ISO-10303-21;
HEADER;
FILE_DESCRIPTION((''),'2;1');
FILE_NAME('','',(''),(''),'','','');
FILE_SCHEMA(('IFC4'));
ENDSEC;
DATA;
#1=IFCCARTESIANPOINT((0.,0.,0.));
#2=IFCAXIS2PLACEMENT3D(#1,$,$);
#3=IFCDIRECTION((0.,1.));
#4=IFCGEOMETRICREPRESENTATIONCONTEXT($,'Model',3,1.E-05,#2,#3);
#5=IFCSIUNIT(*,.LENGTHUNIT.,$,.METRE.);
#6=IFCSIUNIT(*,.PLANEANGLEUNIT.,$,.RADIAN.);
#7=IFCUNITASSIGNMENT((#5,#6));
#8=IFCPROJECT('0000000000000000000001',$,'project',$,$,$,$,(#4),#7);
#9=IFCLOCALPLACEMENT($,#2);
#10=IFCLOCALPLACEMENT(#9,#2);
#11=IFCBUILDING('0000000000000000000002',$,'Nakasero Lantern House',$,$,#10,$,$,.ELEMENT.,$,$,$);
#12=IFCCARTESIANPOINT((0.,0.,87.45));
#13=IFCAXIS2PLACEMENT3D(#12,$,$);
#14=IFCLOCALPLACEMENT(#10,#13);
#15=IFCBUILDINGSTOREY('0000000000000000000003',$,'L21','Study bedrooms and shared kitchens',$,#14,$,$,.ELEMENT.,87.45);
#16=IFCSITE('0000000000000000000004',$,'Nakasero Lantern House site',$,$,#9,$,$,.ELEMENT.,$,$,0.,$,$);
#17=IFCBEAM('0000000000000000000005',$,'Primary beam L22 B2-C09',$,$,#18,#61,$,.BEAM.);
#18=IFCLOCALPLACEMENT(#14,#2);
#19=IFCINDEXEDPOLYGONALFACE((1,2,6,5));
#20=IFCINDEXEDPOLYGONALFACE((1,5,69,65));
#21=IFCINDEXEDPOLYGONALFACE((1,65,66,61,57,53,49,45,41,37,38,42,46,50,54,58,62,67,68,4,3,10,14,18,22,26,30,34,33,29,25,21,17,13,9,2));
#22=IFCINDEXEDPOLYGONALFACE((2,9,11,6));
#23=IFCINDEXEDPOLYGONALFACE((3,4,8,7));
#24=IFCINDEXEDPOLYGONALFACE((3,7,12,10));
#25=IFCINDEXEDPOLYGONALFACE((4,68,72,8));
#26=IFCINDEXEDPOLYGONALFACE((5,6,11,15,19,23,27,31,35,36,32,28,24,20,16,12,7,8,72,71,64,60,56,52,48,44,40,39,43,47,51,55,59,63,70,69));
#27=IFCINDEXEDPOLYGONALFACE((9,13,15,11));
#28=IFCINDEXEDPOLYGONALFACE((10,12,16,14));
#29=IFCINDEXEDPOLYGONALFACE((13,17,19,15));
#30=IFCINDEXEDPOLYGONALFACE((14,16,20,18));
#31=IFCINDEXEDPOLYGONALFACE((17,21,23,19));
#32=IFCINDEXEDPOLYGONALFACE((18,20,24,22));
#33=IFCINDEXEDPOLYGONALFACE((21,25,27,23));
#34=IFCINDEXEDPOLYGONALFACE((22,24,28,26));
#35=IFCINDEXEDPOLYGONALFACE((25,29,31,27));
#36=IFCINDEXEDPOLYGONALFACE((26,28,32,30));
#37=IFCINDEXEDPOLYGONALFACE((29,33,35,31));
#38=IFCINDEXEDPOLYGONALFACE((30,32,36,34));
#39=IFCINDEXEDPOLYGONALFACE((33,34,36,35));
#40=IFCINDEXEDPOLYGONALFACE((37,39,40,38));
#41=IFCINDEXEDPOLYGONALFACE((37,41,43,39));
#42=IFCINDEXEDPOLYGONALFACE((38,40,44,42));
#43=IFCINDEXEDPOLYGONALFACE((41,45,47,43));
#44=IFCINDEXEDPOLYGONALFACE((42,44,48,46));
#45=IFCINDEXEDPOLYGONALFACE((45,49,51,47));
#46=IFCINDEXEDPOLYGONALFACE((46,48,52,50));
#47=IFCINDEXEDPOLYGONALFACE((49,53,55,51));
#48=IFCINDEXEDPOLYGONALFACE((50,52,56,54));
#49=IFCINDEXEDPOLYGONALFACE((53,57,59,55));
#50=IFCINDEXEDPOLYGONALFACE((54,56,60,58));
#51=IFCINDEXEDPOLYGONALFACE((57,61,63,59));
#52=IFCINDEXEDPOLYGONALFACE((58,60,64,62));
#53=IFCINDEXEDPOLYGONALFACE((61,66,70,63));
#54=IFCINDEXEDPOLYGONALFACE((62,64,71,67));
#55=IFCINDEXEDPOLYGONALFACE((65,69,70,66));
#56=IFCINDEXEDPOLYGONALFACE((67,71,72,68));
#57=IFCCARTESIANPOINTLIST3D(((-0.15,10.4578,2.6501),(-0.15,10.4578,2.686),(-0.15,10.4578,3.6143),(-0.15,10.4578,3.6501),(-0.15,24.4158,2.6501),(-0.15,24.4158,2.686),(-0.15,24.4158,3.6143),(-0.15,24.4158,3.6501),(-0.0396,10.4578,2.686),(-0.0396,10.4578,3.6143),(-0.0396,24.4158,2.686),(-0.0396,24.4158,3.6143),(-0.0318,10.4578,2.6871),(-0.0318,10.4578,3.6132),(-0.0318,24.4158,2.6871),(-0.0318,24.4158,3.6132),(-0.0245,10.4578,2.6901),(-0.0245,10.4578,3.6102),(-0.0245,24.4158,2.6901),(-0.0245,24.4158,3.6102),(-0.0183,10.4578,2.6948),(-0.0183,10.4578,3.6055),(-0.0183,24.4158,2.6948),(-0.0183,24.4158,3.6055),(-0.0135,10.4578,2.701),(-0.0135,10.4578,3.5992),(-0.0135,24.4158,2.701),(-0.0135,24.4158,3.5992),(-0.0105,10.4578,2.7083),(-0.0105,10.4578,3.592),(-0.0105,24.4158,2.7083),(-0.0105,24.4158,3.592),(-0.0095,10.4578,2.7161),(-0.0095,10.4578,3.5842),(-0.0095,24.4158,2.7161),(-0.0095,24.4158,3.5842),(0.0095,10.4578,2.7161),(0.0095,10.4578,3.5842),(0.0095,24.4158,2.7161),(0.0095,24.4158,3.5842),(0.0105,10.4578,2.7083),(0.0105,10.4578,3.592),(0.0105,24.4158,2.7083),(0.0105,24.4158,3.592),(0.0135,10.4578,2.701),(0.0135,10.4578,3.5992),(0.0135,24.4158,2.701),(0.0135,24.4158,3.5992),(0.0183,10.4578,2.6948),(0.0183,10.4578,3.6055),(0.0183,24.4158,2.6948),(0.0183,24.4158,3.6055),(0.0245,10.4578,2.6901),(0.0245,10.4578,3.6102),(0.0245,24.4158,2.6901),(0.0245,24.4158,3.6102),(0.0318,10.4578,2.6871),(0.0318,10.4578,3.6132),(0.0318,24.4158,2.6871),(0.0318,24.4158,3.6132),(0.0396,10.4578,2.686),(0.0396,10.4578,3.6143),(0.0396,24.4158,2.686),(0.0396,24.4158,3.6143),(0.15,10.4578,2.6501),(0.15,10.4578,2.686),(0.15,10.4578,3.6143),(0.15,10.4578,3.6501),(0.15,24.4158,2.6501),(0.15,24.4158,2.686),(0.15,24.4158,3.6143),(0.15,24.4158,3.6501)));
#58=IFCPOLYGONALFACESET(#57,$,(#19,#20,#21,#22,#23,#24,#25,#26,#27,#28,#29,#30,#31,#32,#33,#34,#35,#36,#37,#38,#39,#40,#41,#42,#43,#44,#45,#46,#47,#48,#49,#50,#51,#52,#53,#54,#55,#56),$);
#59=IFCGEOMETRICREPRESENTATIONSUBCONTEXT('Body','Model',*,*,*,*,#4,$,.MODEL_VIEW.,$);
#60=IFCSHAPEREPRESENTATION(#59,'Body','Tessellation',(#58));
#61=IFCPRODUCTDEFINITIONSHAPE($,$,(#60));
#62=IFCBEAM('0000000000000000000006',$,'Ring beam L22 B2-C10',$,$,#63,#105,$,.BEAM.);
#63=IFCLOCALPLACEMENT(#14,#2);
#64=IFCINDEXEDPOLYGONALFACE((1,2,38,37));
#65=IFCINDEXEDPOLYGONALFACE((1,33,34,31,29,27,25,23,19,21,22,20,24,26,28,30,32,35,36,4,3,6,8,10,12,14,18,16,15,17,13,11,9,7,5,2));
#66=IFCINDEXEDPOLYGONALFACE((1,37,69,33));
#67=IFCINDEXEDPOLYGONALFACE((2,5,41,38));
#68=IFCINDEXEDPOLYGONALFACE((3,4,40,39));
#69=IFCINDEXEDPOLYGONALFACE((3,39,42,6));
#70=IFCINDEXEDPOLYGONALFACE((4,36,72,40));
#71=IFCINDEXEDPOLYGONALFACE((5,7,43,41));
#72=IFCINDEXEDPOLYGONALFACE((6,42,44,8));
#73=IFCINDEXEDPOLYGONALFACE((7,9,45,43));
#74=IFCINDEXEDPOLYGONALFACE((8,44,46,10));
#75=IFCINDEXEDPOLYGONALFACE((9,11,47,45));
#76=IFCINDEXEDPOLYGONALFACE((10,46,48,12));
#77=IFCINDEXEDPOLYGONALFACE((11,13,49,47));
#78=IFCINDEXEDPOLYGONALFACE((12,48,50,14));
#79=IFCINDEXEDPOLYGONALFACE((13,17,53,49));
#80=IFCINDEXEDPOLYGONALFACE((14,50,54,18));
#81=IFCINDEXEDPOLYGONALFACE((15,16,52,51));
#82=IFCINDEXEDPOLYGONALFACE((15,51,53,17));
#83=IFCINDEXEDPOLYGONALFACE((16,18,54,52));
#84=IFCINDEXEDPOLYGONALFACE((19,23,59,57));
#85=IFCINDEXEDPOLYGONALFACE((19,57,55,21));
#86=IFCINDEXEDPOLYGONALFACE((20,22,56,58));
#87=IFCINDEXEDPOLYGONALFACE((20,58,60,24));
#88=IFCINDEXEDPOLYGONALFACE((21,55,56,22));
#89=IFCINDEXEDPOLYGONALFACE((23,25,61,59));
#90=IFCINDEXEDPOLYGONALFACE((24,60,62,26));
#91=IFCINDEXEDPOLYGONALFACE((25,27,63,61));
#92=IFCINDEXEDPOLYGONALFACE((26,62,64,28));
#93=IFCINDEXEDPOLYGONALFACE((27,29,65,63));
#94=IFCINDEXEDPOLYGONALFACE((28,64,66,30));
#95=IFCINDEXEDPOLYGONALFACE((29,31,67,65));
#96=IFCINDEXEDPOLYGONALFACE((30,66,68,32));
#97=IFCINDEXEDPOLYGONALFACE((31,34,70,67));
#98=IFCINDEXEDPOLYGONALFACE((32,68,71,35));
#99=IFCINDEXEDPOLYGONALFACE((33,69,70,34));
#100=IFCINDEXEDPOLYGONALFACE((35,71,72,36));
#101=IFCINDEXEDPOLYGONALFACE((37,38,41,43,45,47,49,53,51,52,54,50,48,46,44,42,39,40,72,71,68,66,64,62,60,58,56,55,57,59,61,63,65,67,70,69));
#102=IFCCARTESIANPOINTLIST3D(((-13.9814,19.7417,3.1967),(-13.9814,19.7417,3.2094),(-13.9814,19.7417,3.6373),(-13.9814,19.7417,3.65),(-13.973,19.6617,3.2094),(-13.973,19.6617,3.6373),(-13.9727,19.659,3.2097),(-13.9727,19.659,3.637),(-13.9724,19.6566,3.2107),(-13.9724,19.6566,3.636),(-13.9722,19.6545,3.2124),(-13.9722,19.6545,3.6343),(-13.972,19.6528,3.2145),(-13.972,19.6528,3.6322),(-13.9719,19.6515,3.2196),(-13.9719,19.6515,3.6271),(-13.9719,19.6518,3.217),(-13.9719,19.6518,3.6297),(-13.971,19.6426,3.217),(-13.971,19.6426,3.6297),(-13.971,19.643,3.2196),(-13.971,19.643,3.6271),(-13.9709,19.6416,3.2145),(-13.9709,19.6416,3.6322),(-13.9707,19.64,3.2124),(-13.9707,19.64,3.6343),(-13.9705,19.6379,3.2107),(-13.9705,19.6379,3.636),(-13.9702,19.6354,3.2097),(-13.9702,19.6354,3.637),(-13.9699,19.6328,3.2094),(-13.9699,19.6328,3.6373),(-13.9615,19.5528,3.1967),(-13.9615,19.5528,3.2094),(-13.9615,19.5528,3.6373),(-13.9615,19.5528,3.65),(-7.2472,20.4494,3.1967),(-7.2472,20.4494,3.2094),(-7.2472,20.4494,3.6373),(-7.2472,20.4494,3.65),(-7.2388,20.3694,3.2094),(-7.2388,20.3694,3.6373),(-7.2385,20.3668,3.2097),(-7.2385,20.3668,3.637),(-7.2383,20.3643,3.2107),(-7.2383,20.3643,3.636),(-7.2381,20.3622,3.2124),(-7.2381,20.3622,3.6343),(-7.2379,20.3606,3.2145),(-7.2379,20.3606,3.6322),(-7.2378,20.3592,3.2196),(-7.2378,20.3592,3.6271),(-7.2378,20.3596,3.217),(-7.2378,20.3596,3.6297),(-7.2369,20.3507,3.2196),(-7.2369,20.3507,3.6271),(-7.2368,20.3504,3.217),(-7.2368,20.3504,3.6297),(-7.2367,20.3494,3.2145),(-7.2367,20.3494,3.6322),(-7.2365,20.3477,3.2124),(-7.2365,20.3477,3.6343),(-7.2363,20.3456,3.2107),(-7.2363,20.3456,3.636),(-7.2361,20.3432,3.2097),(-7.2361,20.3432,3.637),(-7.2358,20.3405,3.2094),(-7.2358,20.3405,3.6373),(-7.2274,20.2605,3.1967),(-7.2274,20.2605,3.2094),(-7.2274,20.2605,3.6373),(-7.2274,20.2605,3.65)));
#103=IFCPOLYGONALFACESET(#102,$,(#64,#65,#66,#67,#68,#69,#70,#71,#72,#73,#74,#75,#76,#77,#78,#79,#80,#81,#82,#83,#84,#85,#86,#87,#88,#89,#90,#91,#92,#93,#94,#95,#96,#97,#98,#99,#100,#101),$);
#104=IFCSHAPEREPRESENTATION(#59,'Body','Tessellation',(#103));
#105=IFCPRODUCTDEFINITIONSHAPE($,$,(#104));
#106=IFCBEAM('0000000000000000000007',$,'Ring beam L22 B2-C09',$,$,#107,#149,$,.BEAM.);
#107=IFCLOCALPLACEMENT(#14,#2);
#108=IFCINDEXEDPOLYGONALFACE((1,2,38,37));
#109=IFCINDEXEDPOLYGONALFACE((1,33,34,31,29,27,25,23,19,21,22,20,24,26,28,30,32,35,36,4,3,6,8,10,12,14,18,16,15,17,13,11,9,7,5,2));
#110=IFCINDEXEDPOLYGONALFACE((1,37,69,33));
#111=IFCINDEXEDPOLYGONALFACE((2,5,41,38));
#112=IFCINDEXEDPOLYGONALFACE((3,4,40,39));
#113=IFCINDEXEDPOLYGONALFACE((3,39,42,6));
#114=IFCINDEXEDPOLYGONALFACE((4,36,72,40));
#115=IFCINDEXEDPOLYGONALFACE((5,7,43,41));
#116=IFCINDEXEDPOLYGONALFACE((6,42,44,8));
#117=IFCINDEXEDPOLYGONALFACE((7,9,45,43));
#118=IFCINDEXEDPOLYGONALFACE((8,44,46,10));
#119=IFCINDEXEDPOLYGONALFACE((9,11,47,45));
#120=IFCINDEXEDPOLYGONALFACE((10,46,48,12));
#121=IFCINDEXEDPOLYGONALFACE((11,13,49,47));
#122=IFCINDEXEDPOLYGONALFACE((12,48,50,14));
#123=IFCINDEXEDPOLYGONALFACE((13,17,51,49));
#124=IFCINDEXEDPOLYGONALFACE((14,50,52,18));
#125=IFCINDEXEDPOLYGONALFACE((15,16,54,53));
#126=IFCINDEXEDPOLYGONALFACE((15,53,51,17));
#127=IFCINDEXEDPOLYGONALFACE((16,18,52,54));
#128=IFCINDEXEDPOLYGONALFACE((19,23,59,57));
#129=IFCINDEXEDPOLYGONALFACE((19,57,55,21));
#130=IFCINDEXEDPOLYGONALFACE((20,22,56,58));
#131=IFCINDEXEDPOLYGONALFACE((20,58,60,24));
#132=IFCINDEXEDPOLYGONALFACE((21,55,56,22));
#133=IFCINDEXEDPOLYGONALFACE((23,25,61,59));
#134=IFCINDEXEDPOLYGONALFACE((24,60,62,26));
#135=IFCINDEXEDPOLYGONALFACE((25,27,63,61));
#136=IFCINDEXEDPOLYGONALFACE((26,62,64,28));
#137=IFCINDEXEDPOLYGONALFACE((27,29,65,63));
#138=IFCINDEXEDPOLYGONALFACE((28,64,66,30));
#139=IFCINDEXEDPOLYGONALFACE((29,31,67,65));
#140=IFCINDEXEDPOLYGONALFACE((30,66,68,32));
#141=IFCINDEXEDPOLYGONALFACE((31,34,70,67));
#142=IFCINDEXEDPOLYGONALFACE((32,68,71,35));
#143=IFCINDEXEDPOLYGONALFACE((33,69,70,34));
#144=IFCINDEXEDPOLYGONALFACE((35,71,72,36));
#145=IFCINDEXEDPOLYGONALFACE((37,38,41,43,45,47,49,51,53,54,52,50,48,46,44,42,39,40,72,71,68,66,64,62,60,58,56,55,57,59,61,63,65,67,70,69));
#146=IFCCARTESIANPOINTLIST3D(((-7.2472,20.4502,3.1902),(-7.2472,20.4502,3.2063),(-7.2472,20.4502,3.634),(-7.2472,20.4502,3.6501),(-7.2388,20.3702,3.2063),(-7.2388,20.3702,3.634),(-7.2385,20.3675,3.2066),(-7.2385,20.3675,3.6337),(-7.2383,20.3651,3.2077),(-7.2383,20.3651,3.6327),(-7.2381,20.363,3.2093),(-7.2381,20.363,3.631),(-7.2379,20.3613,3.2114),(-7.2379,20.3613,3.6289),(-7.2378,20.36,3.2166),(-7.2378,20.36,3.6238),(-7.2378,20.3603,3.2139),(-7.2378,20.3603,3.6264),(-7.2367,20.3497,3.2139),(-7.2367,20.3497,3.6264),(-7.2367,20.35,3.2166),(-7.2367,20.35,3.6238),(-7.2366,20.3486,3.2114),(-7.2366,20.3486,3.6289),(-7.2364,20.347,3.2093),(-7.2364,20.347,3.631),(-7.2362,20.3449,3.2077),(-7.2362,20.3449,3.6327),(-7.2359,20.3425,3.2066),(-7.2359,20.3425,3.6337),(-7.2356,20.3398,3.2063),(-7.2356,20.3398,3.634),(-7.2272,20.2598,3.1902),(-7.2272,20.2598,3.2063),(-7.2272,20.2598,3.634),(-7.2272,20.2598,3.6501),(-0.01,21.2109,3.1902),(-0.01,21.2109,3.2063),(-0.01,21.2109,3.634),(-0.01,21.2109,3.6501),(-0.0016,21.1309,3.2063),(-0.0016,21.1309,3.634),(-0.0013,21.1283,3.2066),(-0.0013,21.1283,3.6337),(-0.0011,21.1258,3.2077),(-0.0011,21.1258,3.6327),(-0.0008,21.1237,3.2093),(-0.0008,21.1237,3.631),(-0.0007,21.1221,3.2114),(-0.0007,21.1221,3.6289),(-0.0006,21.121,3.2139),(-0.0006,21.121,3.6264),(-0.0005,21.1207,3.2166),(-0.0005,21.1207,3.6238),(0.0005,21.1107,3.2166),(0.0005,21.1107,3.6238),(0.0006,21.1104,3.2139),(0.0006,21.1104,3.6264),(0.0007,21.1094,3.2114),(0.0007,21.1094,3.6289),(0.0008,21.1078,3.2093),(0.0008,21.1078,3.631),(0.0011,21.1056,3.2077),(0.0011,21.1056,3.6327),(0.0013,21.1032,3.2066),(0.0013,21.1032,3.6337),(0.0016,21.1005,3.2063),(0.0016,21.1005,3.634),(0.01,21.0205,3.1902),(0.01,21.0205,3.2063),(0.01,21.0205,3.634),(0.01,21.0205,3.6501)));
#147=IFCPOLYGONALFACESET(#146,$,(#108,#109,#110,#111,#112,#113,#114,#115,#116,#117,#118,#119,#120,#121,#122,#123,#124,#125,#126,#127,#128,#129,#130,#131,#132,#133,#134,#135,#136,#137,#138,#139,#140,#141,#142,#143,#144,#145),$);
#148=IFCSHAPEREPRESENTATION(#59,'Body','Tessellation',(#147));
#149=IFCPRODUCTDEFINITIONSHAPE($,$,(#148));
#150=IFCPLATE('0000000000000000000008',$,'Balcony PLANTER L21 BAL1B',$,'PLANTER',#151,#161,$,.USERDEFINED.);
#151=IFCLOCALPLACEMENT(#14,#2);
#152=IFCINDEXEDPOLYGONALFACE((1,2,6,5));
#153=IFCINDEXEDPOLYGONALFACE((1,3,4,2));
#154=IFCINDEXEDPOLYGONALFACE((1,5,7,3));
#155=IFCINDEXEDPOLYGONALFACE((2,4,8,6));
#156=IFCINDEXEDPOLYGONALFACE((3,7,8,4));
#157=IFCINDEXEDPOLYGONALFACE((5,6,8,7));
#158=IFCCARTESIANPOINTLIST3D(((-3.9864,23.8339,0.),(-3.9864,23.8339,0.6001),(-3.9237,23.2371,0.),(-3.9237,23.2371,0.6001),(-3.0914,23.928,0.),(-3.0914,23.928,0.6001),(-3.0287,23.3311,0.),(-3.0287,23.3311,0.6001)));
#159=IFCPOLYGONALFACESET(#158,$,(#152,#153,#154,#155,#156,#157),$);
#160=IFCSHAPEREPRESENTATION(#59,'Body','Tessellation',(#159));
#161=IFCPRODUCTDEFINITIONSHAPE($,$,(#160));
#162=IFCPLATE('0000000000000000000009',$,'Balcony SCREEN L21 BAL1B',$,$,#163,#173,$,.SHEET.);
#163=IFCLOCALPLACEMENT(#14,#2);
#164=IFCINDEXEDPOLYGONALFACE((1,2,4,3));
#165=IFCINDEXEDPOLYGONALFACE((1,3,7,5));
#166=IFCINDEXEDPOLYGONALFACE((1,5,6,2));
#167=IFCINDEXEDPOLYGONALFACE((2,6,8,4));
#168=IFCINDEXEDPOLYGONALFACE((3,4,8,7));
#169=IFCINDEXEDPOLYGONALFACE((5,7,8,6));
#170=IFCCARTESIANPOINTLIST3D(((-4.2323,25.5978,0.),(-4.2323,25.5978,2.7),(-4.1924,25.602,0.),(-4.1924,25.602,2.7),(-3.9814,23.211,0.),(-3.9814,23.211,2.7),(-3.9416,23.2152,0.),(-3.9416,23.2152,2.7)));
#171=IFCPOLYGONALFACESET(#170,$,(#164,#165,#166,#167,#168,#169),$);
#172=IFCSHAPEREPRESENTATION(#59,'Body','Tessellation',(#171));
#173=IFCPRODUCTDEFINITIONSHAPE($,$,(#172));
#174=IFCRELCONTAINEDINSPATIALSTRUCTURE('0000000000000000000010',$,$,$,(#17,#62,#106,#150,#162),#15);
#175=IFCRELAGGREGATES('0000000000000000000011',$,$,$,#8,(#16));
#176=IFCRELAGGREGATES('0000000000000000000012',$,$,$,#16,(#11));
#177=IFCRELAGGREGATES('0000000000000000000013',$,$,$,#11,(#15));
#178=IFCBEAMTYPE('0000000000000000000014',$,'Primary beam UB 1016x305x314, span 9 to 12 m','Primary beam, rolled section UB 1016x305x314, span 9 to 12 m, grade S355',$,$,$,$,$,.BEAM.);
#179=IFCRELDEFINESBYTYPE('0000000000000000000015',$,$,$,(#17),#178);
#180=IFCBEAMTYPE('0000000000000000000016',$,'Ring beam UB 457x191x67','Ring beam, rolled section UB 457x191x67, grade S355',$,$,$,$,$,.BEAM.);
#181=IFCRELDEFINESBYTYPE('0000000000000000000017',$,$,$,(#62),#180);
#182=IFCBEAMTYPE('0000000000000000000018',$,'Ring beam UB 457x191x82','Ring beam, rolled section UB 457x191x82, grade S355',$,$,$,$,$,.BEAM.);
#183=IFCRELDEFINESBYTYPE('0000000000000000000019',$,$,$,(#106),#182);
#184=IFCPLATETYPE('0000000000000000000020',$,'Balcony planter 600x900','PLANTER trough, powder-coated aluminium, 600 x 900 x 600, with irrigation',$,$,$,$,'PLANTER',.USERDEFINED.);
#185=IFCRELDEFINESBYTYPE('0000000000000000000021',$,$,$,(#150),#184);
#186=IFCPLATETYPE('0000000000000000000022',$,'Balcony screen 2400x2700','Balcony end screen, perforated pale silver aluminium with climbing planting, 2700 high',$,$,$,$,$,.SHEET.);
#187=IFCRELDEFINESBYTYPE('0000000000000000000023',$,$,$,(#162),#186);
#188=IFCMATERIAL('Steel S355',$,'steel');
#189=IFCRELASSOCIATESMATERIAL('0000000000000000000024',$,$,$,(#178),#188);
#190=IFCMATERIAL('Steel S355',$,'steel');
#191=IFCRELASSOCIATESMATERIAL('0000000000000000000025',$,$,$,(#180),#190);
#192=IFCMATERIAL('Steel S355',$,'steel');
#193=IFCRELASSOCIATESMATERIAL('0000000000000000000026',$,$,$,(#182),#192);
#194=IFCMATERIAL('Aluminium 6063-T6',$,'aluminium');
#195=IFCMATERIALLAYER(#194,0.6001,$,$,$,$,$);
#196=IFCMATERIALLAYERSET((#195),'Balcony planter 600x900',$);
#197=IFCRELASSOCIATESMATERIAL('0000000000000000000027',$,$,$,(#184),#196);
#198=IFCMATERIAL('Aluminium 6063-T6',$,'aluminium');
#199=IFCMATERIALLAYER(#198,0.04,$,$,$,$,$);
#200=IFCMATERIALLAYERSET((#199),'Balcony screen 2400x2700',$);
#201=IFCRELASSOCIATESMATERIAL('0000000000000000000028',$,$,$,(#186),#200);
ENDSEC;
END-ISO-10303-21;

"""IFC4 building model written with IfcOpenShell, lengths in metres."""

from ifc_helpers import new_model, si_unit, direction, frame, origin, origin_2d, place, context, subcontext, project, spatial, rectangle, i_section, extrude, material, layer, layer_set, material_profile, profile_set, type_object, element, save


model = new_model("IFC4")

# Units and contexts
model_context = context("Model", 3, precision=1e-05, world=origin(), true_north=direction((0.0, 1.0)))
body_context = subcontext(model_context, "Body", "Model", "MODEL_VIEW")
ifc_project = project(units=[si_unit("LENGTHUNIT", "METRE"), si_unit("PLANEANGLEUNIT", "RADIAN")], contexts=[model_context])

# Site, building, storey
site_placement = place(None, origin())
site = spatial("IfcSite", under=ifc_project, at=site_placement, Name="Nakasero Lantern House site", CompositionType="ELEMENT", RefElevation=0.0)
building_placement = place(site_placement, origin())
building = spatial("IfcBuilding", under=site, at=building_placement, Name="Nakasero Lantern House", CompositionType="ELEMENT")
storey_placement = place(building_placement, frame((0.0, 0.0, 87.45)))
storey = spatial("IfcBuildingStorey", under=building, at=storey_placement, Name="L21", Description="Study bedrooms and shared kitchens", CompositionType="ELEMENT", Elevation=87.45)

# Beams
ifc_material_1 = material(Name="Steel S355", Category="steel")
ifc_material_profile_1 = material_profile(ifc_material_1, i_section(OverallWidth=0.3, OverallDepth=1.0, WebThickness=0.019, FlangeThickness=0.0359, FilletRadius=0.03, at=origin_2d()), Name="UB 1016x305x314")
ifc_profile_set_1 = profile_set([ifc_material_profile_1], Name="Steel S355")
beam_type_1 = type_object("IfcBeamType", Name="Primary beam UB 1016x305x314, span 9 to 12 m", Description="Primary beam, rolled section UB 1016x305x314, span 9 to 12 m, grade S355", PredefinedType="BEAM", material=ifc_profile_set_1)
beam_1_placement = place(storey_placement, frame((0.0, 24.4158, 3.1501), z_axis=(0.0, -1.0, 0.0), x_axis=(1.0, 0.0, 0.0)))
element("IfcBeam", 1, at=beam_1_placement, inside=storey, type_object=beam_type_1, Name="Primary beam L22 B2-C09", PredefinedType="BEAM", context=body_context, shape_type="SweptSolid", body=[
    extrude(i_section(OverallWidth=0.3, OverallDepth=1.0, WebThickness=0.019, FlangeThickness=0.0359, FilletRadius=0.03, at=origin_2d()), origin(), (0.0, 0.0, 1.0), 13.958),
])
ifc_material_2 = material(Name="Steel S355", Category="steel")
ifc_material_profile_2 = material_profile(ifc_material_2, i_section(OverallWidth=0.1899, OverallDepth=0.4534, WebThickness=0.0085, FlangeThickness=0.0127, FilletRadius=0.0103, at=origin_2d()), Name="UB 457x191x67")
ifc_profile_set_2 = profile_set([ifc_material_profile_2], Name="Steel S355")
beam_type_2 = type_object("IfcBeamType", Name="Ring beam UB 457x191x67", Description="Ring beam, rolled section UB 457x191x67, grade S355", PredefinedType="BEAM", material=ifc_profile_set_2)
beam_2_placement = place(storey_placement, frame((-7.2373, 20.355, 3.4233), z_axis=(-0.994522, -0.104525, 0.0), x_axis=(0.104525, -0.994522, 0.0)))
element("IfcBeam", 2, at=beam_2_placement, inside=storey, type_object=beam_type_2, Name="Ring beam L22 B2-C10", PredefinedType="BEAM", context=body_context, shape_type="SweptSolid", body=[
    extrude(i_section(OverallWidth=0.1899, OverallDepth=0.4534, WebThickness=0.0085, FlangeThickness=0.0127, FilletRadius=0.0103, at=origin_2d()), origin(), (0.0, 0.0, 1.0), 6.7712),
])
ifc_material_3 = material(Name="Steel S355", Category="steel")
ifc_material_profile_3 = material_profile(ifc_material_3, i_section(OverallWidth=0.1914, OverallDepth=0.46, WebThickness=0.01, FlangeThickness=0.0161, FilletRadius=0.0103, at=origin_2d()), Name="UB 457x191x82")
ifc_profile_set_3 = profile_set([ifc_material_profile_3], Name="Steel S355")
beam_type_3 = type_object("IfcBeamType", Name="Ring beam UB 457x191x82", Description="Ring beam, rolled section UB 457x191x82, grade S355", PredefinedType="BEAM", material=ifc_profile_set_3)
beam_3_placement = place(storey_placement, frame((0.0, 21.1157, 3.4202), z_axis=(-0.994521, -0.104538, 0.0), x_axis=(0.104538, -0.994521, 0.0)))
element("IfcBeam", 3, at=beam_3_placement, inside=storey, type_object=beam_type_3, Name="Ring beam L22 B2-C09", PredefinedType="BEAM", context=body_context, shape_type="SweptSolid", body=[
    extrude(i_section(OverallWidth=0.1914, OverallDepth=0.46, WebThickness=0.01, FlangeThickness=0.0161, FilletRadius=0.0103, at=origin_2d()), origin(), (0.0, 0.0, 1.0), 7.2771),
])

# Plates
ifc_material_4 = material(Name="Aluminium 6063-T6", Category="aluminium")
ifc_layer_1 = layer(ifc_material_4, 0.6001)
ifc_layer_set_1 = layer_set([ifc_layer_1], Name="Balcony planter 600x900")
plate_type_1 = type_object("IfcPlateType", Name="Balcony planter 600x900", Description="PLANTER trough, powder-coated aluminium, 600 x 900 x 600, with irrigation", ElementType="PLANTER", PredefinedType="USERDEFINED", material=ifc_layer_set_1)
plate_1_placement = place(storey_placement, frame((-3.5076, 23.5825, 0.0), z_axis=(0.0, 0.0, 1.0), x_axis=(-0.104528, 0.994522, 0.0)))
element("IfcPlate", 4, at=plate_1_placement, inside=storey, type_object=plate_type_1, Name="Balcony PLANTER L21 BAL1B", ObjectType="PLANTER", PredefinedType="USERDEFINED", context=body_context, shape_type="SweptSolid", body=[
    extrude(rectangle(XDim=0.6001, YDim=0.8999, at=origin_2d()), origin(), (0.0, 0.0, 1.0), 0.6001),
])
ifc_material_5 = material(Name="Aluminium 6063-T6", Category="aluminium")
ifc_layer_2 = layer(ifc_material_5, 0.04)
ifc_layer_set_2 = layer_set([ifc_layer_2], Name="Balcony screen 2400x2700")
plate_type_2 = type_object("IfcPlateType", Name="Balcony screen 2400x2700", Description="Balcony end screen, perforated pale silver aluminium with climbing planting, 2700 high", PredefinedType="SHEET", material=ifc_layer_set_2)
plate_2_placement = place(storey_placement, frame((-4.0869, 24.4065, 0.0), z_axis=(0.0, 0.0, 1.0), x_axis=(-0.104528, 0.994522, 0.0)))
element("IfcPlate", 5, at=plate_2_placement, inside=storey, type_object=plate_type_2, Name="Balcony SCREEN L21 BAL1B", PredefinedType="SHEET", context=body_context, shape_type="SweptSolid", body=[
    extrude(rectangle(XDim=2.3999, YDim=0.04, at=origin_2d()), origin(), (0.0, 0.0, 1.0), 2.7),
])

save(model, "model.ifc")
